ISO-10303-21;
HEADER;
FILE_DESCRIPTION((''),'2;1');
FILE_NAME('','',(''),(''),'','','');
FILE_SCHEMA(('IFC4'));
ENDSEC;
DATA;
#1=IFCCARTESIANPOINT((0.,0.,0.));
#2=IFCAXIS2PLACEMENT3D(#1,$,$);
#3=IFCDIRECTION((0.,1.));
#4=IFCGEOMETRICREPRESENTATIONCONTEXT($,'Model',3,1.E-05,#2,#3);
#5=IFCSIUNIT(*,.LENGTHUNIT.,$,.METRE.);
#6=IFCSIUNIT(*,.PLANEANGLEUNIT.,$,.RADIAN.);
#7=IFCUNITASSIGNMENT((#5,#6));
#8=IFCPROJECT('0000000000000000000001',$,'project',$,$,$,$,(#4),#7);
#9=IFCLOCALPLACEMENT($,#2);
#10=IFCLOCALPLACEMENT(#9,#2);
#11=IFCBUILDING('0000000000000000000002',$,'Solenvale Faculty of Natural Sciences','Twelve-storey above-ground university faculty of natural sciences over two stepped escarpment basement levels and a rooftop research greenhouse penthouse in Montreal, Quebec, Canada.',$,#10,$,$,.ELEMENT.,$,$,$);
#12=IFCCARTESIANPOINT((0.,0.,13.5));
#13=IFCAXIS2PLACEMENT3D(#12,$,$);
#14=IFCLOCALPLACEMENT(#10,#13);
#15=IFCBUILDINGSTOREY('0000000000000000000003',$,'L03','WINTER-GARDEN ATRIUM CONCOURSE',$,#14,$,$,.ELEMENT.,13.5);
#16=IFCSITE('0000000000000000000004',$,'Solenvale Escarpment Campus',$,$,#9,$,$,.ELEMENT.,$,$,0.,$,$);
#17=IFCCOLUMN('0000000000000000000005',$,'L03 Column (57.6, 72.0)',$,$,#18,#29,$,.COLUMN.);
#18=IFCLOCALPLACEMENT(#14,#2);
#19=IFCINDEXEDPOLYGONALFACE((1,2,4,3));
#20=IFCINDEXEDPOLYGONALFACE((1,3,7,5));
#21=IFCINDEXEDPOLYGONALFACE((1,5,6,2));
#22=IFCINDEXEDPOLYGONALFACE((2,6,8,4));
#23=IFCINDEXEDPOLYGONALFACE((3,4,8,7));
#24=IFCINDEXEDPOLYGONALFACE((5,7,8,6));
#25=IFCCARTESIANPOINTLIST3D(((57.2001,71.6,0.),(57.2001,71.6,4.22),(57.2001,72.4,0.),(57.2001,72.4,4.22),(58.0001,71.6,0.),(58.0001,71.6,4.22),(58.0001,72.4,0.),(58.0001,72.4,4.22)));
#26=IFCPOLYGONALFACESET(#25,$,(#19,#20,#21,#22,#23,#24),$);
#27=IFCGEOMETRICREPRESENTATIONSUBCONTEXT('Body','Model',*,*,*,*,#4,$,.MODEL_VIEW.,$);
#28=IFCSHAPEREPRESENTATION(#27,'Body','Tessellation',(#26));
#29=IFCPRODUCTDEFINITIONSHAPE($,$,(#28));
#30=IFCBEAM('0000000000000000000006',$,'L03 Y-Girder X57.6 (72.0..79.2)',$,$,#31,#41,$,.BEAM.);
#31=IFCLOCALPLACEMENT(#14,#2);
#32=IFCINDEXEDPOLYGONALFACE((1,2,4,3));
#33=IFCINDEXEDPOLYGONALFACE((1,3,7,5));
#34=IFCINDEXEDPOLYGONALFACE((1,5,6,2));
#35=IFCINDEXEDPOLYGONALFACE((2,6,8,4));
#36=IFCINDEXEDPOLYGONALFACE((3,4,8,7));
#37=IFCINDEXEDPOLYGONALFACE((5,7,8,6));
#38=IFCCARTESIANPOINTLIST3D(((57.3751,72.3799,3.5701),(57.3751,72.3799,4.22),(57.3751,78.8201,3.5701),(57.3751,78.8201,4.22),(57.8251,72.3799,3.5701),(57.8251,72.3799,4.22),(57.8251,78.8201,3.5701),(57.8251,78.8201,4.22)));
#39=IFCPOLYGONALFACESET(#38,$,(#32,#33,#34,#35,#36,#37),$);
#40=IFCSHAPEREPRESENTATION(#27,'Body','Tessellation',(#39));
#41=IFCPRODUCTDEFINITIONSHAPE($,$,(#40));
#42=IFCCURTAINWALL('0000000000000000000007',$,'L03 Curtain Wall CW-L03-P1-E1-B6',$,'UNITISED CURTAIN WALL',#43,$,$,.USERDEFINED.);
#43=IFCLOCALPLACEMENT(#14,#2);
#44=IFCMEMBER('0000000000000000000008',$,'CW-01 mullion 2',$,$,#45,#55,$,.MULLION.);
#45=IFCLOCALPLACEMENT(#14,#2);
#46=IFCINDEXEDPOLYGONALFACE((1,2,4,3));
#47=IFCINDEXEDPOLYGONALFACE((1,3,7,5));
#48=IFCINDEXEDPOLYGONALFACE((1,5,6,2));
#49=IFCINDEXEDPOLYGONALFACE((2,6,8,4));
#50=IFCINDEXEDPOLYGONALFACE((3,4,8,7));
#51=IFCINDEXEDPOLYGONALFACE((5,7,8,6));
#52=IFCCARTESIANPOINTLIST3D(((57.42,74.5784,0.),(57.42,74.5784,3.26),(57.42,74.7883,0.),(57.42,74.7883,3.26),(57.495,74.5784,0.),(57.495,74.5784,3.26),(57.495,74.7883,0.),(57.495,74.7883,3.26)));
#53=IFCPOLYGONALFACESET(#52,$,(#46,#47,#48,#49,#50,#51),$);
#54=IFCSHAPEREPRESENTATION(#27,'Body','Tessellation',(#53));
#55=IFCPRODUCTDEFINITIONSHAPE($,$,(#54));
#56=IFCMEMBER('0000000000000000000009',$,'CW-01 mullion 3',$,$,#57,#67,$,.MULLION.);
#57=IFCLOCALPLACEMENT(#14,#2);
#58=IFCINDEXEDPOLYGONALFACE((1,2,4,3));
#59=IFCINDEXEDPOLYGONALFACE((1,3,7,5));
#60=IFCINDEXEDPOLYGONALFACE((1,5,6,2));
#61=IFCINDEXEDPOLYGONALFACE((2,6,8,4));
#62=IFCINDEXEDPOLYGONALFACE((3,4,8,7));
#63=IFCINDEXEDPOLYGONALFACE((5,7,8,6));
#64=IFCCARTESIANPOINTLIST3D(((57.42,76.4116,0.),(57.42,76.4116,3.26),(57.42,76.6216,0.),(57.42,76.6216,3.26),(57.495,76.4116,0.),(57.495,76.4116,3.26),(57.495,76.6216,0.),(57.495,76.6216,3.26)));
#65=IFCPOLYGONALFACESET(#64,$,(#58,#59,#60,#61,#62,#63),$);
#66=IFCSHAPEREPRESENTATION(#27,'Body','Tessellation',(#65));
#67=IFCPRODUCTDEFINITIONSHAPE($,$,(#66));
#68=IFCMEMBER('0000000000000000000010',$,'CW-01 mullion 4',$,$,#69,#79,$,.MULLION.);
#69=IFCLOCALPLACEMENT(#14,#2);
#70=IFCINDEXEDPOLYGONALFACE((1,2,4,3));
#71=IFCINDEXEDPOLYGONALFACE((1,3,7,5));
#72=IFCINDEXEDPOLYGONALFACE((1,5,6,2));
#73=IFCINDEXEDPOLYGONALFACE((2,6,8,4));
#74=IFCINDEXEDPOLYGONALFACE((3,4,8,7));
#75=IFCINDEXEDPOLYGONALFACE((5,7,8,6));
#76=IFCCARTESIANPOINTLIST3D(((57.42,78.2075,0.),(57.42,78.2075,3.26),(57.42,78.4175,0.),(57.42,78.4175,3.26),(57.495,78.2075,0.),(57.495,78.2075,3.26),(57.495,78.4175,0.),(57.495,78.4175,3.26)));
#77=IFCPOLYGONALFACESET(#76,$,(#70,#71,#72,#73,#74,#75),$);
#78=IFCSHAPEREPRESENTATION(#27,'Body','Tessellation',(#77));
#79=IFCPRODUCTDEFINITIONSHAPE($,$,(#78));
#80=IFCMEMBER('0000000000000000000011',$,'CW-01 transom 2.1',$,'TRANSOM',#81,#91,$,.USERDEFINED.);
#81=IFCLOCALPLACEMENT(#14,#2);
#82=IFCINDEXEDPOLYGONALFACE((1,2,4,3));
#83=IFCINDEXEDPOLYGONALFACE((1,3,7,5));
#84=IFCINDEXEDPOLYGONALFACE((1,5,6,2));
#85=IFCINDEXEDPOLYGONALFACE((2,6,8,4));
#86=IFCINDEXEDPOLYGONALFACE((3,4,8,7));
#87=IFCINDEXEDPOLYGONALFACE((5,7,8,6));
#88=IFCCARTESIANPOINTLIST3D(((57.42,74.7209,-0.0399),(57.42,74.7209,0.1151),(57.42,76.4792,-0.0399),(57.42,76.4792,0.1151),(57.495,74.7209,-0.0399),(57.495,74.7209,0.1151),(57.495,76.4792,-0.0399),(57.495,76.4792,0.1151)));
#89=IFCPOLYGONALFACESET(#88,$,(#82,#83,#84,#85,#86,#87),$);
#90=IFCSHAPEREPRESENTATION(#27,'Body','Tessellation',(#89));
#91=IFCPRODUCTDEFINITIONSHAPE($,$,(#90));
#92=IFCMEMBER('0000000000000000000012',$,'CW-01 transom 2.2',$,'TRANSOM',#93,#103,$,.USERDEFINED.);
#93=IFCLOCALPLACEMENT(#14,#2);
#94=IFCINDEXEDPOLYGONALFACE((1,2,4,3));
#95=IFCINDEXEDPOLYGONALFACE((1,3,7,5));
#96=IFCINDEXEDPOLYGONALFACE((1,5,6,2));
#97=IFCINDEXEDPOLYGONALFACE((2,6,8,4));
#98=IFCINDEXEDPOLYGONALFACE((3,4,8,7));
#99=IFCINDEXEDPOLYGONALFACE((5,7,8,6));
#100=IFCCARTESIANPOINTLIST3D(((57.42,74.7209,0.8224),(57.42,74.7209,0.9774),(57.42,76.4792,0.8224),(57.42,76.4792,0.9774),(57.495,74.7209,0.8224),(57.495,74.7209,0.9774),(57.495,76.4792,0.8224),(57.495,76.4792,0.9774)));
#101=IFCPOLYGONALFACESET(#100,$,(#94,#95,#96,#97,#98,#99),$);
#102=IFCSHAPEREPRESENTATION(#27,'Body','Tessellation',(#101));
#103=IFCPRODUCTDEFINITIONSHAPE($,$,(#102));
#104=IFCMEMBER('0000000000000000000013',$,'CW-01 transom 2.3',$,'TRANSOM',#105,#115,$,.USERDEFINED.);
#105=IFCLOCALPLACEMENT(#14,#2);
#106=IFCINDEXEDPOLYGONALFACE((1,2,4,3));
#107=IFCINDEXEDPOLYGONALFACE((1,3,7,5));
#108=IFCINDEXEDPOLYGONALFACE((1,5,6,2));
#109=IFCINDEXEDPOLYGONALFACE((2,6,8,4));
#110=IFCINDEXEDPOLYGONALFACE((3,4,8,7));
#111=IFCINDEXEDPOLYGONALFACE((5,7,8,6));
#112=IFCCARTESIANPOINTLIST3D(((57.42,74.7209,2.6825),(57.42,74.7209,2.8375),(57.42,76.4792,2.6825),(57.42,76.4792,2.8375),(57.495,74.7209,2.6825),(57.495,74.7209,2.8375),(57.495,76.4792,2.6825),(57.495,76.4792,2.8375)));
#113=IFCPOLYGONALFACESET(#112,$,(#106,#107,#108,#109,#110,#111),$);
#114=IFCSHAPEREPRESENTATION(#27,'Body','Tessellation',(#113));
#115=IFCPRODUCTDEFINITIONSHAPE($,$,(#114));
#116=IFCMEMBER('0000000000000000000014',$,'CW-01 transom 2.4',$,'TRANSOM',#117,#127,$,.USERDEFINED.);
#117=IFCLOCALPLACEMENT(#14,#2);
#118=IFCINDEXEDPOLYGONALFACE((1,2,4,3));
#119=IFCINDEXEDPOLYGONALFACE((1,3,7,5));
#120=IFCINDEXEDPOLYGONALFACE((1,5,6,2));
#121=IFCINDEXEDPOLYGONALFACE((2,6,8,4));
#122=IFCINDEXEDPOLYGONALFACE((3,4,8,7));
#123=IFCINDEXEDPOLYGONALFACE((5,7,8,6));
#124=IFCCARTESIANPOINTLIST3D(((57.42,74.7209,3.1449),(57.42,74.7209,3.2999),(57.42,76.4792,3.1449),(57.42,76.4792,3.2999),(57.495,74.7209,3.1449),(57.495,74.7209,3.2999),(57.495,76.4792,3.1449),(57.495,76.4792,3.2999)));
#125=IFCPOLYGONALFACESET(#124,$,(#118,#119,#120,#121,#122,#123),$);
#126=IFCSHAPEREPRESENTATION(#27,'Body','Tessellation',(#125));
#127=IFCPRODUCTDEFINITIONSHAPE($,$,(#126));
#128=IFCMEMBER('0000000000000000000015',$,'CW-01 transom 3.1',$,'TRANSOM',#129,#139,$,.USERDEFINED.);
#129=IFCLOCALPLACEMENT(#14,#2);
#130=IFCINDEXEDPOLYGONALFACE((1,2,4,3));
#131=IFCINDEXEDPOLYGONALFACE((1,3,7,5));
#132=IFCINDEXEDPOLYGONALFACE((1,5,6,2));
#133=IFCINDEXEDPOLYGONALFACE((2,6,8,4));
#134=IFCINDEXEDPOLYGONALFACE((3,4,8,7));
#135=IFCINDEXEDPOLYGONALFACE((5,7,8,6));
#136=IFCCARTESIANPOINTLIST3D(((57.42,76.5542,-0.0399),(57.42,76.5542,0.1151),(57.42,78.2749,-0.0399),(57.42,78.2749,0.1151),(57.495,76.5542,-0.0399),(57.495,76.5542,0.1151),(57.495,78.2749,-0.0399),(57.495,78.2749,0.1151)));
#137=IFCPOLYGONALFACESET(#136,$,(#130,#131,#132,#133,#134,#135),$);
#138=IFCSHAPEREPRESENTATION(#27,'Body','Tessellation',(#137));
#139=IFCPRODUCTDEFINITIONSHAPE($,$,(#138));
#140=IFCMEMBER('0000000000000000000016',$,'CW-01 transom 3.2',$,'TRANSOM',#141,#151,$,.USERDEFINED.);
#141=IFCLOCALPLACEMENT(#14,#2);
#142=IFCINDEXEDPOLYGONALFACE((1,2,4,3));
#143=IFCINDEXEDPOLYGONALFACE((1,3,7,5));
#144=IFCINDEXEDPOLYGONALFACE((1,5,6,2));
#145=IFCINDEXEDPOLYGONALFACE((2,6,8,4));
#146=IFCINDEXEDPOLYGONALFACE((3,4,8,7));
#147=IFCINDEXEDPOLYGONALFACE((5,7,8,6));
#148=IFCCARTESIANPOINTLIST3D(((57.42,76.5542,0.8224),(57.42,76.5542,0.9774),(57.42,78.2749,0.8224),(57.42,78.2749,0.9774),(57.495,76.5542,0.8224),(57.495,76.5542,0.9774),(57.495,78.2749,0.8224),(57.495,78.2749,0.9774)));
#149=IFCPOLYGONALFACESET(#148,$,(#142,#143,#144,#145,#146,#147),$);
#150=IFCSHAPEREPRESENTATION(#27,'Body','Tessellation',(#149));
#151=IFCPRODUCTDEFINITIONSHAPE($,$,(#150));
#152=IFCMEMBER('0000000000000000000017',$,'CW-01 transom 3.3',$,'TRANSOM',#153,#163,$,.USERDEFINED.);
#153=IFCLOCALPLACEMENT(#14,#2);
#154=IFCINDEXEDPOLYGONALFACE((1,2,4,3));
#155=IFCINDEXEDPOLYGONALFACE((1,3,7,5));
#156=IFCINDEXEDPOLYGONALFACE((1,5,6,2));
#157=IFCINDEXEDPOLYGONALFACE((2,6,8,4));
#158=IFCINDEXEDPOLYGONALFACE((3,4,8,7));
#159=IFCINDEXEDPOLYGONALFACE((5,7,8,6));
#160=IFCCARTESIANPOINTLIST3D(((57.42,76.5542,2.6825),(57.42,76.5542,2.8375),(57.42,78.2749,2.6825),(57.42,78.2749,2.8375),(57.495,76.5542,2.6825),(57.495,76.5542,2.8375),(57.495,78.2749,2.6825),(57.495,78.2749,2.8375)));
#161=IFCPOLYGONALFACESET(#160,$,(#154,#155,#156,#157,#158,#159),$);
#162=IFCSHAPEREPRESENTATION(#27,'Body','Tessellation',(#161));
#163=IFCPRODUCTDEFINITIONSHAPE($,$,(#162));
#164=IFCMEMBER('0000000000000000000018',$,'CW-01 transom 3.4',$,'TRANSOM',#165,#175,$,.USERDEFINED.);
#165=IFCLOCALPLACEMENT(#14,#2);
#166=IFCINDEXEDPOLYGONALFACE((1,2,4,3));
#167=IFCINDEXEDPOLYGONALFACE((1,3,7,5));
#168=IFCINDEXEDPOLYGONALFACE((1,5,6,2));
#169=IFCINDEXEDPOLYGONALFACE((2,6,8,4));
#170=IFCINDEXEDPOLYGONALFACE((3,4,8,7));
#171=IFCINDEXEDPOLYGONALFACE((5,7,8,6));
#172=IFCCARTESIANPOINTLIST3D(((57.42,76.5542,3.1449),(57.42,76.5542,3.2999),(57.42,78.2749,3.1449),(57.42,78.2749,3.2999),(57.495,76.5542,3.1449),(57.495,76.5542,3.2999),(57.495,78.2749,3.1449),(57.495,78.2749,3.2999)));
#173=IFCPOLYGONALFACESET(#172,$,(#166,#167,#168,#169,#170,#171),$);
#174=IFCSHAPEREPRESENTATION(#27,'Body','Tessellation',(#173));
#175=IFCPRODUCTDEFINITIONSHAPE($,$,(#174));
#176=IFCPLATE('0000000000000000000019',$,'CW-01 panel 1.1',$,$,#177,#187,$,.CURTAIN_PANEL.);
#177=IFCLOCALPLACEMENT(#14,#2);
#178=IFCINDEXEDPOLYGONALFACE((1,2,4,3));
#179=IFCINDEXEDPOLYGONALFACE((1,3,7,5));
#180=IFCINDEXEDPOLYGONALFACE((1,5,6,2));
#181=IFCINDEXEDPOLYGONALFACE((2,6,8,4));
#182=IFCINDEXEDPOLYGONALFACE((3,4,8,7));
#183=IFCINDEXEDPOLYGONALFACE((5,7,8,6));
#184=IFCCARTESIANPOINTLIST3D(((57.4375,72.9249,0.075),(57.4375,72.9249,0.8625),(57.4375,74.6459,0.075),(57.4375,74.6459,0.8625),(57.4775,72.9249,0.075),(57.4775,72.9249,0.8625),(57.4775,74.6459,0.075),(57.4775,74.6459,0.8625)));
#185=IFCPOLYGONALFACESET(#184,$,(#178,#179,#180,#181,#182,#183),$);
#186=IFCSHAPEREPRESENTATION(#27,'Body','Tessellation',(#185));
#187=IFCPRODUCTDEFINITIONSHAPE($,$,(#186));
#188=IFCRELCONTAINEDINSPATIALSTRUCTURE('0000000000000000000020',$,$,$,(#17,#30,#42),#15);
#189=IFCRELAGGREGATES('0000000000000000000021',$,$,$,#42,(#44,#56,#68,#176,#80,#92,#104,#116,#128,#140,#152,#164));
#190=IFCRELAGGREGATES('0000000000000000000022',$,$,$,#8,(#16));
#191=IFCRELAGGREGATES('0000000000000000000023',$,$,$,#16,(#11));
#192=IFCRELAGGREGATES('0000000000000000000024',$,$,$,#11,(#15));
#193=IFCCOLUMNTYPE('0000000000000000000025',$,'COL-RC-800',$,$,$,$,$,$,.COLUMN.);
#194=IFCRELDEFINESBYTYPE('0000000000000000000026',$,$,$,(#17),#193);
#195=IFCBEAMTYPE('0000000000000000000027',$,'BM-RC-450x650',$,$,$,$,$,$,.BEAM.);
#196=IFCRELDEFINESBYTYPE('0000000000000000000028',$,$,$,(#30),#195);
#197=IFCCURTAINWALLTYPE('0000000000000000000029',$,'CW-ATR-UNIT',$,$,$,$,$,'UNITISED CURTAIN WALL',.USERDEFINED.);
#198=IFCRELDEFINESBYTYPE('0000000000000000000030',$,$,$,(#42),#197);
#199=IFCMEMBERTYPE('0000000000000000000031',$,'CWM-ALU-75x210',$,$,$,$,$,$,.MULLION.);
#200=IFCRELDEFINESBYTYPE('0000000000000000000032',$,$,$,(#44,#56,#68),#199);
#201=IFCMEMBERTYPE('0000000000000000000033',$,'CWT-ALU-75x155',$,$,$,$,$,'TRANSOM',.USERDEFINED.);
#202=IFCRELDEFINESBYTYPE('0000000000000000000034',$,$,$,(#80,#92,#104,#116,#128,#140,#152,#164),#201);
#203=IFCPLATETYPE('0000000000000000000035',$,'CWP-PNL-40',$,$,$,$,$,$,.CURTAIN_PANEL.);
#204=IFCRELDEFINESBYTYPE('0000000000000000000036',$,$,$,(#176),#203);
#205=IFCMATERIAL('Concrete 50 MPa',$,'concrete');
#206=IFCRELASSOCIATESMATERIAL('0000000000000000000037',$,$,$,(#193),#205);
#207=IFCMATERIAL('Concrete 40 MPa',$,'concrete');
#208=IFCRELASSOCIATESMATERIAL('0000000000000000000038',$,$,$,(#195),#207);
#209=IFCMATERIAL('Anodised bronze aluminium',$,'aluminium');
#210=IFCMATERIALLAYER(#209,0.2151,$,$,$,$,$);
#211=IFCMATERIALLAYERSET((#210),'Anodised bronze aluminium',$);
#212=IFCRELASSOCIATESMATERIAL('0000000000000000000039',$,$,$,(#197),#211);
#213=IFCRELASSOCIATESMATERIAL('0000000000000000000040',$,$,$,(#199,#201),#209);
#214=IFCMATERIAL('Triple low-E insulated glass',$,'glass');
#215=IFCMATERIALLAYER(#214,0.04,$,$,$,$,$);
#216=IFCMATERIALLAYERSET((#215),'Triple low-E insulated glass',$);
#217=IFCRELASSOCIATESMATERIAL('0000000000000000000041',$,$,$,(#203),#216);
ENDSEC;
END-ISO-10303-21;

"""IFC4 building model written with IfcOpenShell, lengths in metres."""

from ifc_helpers import new_model, si_unit, direction, frame, origin, origin_2d, place, context, subcontext, project, spatial, rectangle, extrude, material, layer, layer_set, material_profile, profile_set, type_object, element, aggregate, save


model = new_model("IFC4")

# Units and contexts
model_context = context("Model", 3, precision=1e-05, world=origin(), true_north=direction((0.0, 1.0)))
body_context = subcontext(model_context, "Body", "Model", "MODEL_VIEW")
ifc_project = project(units=[si_unit("LENGTHUNIT", "METRE"), si_unit("PLANEANGLEUNIT", "RADIAN")], contexts=[model_context])

# Site, building, storey
site_placement = place(None, origin())
site = spatial("IfcSite", under=ifc_project, at=site_placement, Name="Solenvale Escarpment Campus", CompositionType="ELEMENT", RefElevation=0.0)
building_placement = place(site_placement, origin())
building = spatial("IfcBuilding", under=site, at=building_placement, Name="Solenvale Faculty of Natural Sciences", Description="Twelve-storey above-ground university faculty of natural sciences over two stepped escarpment basement levels and a rooftop research greenhouse penthouse in Montreal, Quebec, Canada.", CompositionType="ELEMENT")
storey_placement = place(building_placement, frame((0.0, 0.0, 13.5)))
storey = spatial("IfcBuildingStorey", under=building, at=storey_placement, Name="L03", Description="WINTER-GARDEN ATRIUM CONCOURSE", CompositionType="ELEMENT", Elevation=13.5)

# Column
ifc_material_1 = material(Name="Concrete 50 MPa", Category="concrete")
ifc_material_profile_1 = material_profile(ifc_material_1, rectangle(XDim=0.8, YDim=0.8, at=origin_2d()), Name="RC-COL-800x800")
ifc_profile_set_1 = profile_set([ifc_material_profile_1], Name="Concrete 50 MPa")
column_type = type_object("IfcColumnType", Name="COL-RC-800", PredefinedType="COLUMN", material=ifc_profile_set_1)
column_placement = place(storey_placement, frame((57.6001, 72.0, 0.0), z_axis=(0.0, 0.0, 1.0), x_axis=(1.0, 0.0, 0.0)))
element("IfcColumn", 1, at=column_placement, inside=storey, type_object=column_type, Name="L03 Column (57.6, 72.0)", PredefinedType="COLUMN", context=body_context, shape_type="SweptSolid", body=[
    extrude(rectangle(XDim=0.8, YDim=0.8, at=origin_2d()), origin(), (0.0, 0.0, 1.0), 4.22),
])

# Beam
ifc_material_2 = material(Name="Concrete 40 MPa", Category="concrete")
ifc_material_profile_2 = material_profile(ifc_material_2, rectangle(XDim=0.45, YDim=0.6499, at=origin_2d()), Name="RC-BM-450x650")
ifc_profile_set_2 = profile_set([ifc_material_profile_2], Name="Concrete 40 MPa")
beam_type = type_object("IfcBeamType", Name="BM-RC-450x650", PredefinedType="BEAM", material=ifc_profile_set_2)
beam_placement = place(storey_placement, frame((57.6001, 72.3799, 3.895), z_axis=(0.0, 1.0, 0.0), x_axis=(-1.0, 0.0, 0.0)))
element("IfcBeam", 2, at=beam_placement, inside=storey, type_object=beam_type, Name="L03 Y-Girder X57.6 (72.0..79.2)", PredefinedType="BEAM", context=body_context, shape_type="SweptSolid", body=[
    extrude(rectangle(XDim=0.45, YDim=0.6499, at=origin_2d()), origin(), (0.0, 0.0, 1.0), 6.4402),
])

# Curtain wall, members, plate
ifc_material_3 = material(Name="Anodised bronze aluminium", Category="aluminium")
ifc_layer_1 = layer(ifc_material_3, 0.2151)
ifc_layer_set_1 = layer_set([ifc_layer_1], Name="Anodised bronze aluminium")
curtain_wall_type = type_object("IfcCurtainWallType", Name="CW-ATR-UNIT", ElementType="UNITISED CURTAIN WALL", PredefinedType="USERDEFINED", material=ifc_layer_set_1)
curtain_wall_placement = place(storey_placement, origin())
curtain_wall = element("IfcCurtainWall", 3, at=curtain_wall_placement, inside=storey, type_object=curtain_wall_type, Name="L03 Curtain Wall CW-L03-P1-E1-B6", ObjectType="UNITISED CURTAIN WALL", PredefinedType="USERDEFINED")
ifc_material_profile_3 = material_profile(ifc_material_3, rectangle(XDim=0.075, YDim=0.21, at=origin_2d()), Name="ALU-MUL-75x210")
ifc_profile_set_3 = profile_set([ifc_material_profile_3], Name="Anodised bronze aluminium")
member_type_1 = type_object("IfcMemberType", Name="CWM-ALU-75x210", PredefinedType="MULLION", material=ifc_profile_set_3)
member_1_placement = place(storey_placement, frame((57.4575, 74.6833, 0.0), z_axis=(0.0, 0.0, 1.0), x_axis=(-1.0, 0.0, 0.0)))
member_1 = element("IfcMember", 4, at=member_1_placement, type_object=member_type_1, Name="CW-01 mullion 2", PredefinedType="MULLION", context=body_context, shape_type="SweptSolid", body=[
    extrude(rectangle(XDim=0.075, YDim=0.21, at=origin_2d()), origin(), (0.0, 0.0, 1.0), 3.26),
])
member_2_placement = place(storey_placement, frame((57.4575, 76.5166, 0.0), z_axis=(0.0, 0.0, 1.0), x_axis=(-1.0, 0.0, 0.0)))
member_2 = element("IfcMember", 5, at=member_2_placement, type_object=member_type_1, Name="CW-01 mullion 3", PredefinedType="MULLION", context=body_context, shape_type="SweptSolid", body=[
    extrude(rectangle(XDim=0.075, YDim=0.21, at=origin_2d()), origin(), (0.0, 0.0, 1.0), 3.26),
])
member_3_placement = place(storey_placement, frame((57.4575, 78.3125, 0.0), z_axis=(0.0, 0.0, 1.0), x_axis=(-1.0, 0.0, 0.0)))
member_3 = element("IfcMember", 6, at=member_3_placement, type_object=member_type_1, Name="CW-01 mullion 4", PredefinedType="MULLION", context=body_context, shape_type="SweptSolid", body=[
    extrude(rectangle(XDim=0.075, YDim=0.21, at=origin_2d()), origin(), (0.0, 0.0, 1.0), 3.26),
])
ifc_material_profile_4 = material_profile(ifc_material_3, rectangle(XDim=0.075, YDim=0.155, at=origin_2d()), Name="ALU-TRN-75x155")
ifc_profile_set_4 = profile_set([ifc_material_profile_4], Name="Anodised bronze aluminium")
member_type_2 = type_object("IfcMemberType", Name="CWT-ALU-75x155", ElementType="TRANSOM", PredefinedType="USERDEFINED", material=ifc_profile_set_4)
member_4_placement = place(storey_placement, frame((57.4575, 74.7209, 0.0376), z_axis=(0.0, 1.0, 0.0), x_axis=(-1.0, 0.0, 0.0)))
member_4 = element("IfcMember", 7, at=member_4_placement, type_object=member_type_2, Name="CW-01 transom 2.1", ObjectType="TRANSOM", PredefinedType="USERDEFINED", context=body_context, shape_type="SweptSolid", body=[
    extrude(rectangle(XDim=0.075, YDim=0.155, at=origin_2d()), origin(), (0.0, 0.0, 1.0), 1.7583),
])
member_5_placement = place(storey_placement, frame((57.4575, 74.7209, 0.8999), z_axis=(0.0, 1.0, 0.0), x_axis=(-1.0, 0.0, 0.0)))
member_5 = element("IfcMember", 8, at=member_5_placement, type_object=member_type_2, Name="CW-01 transom 2.2", ObjectType="TRANSOM", PredefinedType="USERDEFINED", context=body_context, shape_type="SweptSolid", body=[
    extrude(rectangle(XDim=0.075, YDim=0.155, at=origin_2d()), origin(), (0.0, 0.0, 1.0), 1.7583),
])
member_6_placement = place(storey_placement, frame((57.4575, 74.7209, 2.76), z_axis=(0.0, 1.0, 0.0), x_axis=(-1.0, 0.0, 0.0)))
member_6 = element("IfcMember", 9, at=member_6_placement, type_object=member_type_2, Name="CW-01 transom 2.3", ObjectType="TRANSOM", PredefinedType="USERDEFINED", context=body_context, shape_type="SweptSolid", body=[
    extrude(rectangle(XDim=0.075, YDim=0.155, at=origin_2d()), origin(), (0.0, 0.0, 1.0), 1.7583),
])
member_7_placement = place(storey_placement, frame((57.4575, 74.7209, 3.2224), z_axis=(0.0, 1.0, 0.0), x_axis=(-1.0, 0.0, 0.0)))
member_7 = element("IfcMember", 10, at=member_7_placement, type_object=member_type_2, Name="CW-01 transom 2.4", ObjectType="TRANSOM", PredefinedType="USERDEFINED", context=body_context, shape_type="SweptSolid", body=[
    extrude(rectangle(XDim=0.075, YDim=0.155, at=origin_2d()), origin(), (0.0, 0.0, 1.0), 1.7583),
])
member_8_placement = place(storey_placement, frame((57.4575, 76.5542, 0.0376), z_axis=(0.0, 1.0, 0.0), x_axis=(-1.0, 0.0, 0.0)))
member_8 = element("IfcMember", 11, at=member_8_placement, type_object=member_type_2, Name="CW-01 transom 3.1", ObjectType="TRANSOM", PredefinedType="USERDEFINED", context=body_context, shape_type="SweptSolid", body=[
    extrude(rectangle(XDim=0.075, YDim=0.155, at=origin_2d()), origin(), (0.0, 0.0, 1.0), 1.7207),
])
member_9_placement = place(storey_placement, frame((57.4575, 76.5542, 0.8999), z_axis=(0.0, 1.0, 0.0), x_axis=(-1.0, 0.0, 0.0)))
member_9 = element("IfcMember", 12, at=member_9_placement, type_object=member_type_2, Name="CW-01 transom 3.2", ObjectType="TRANSOM", PredefinedType="USERDEFINED", context=body_context, shape_type="SweptSolid", body=[
    extrude(rectangle(XDim=0.075, YDim=0.155, at=origin_2d()), origin(), (0.0, 0.0, 1.0), 1.7207),
])
member_10_placement = place(storey_placement, frame((57.4575, 76.5542, 2.76), z_axis=(0.0, 1.0, 0.0), x_axis=(-1.0, 0.0, 0.0)))
member_10 = element("IfcMember", 13, at=member_10_placement, type_object=member_type_2, Name="CW-01 transom 3.3", ObjectType="TRANSOM", PredefinedType="USERDEFINED", context=body_context, shape_type="SweptSolid", body=[
    extrude(rectangle(XDim=0.075, YDim=0.155, at=origin_2d()), origin(), (0.0, 0.0, 1.0), 1.7207),
])
member_11_placement = place(storey_placement, frame((57.4575, 76.5542, 3.2224), z_axis=(0.0, 1.0, 0.0), x_axis=(-1.0, 0.0, 0.0)))
member_11 = element("IfcMember", 14, at=member_11_placement, type_object=member_type_2, Name="CW-01 transom 3.4", ObjectType="TRANSOM", PredefinedType="USERDEFINED", context=body_context, shape_type="SweptSolid", body=[
    extrude(rectangle(XDim=0.075, YDim=0.155, at=origin_2d()), origin(), (0.0, 0.0, 1.0), 1.7207),
])
ifc_material_4 = material(Name="Triple low-E insulated glass", Category="glass")
ifc_layer_2 = layer(ifc_material_4, 0.04)
ifc_layer_set_2 = layer_set([ifc_layer_2], Name="Triple low-E insulated glass")
plate_type = type_object("IfcPlateType", Name="CWP-PNL-40", PredefinedType="CURTAIN_PANEL", material=ifc_layer_set_2)
plate_1_placement = place(storey_placement, frame((57.4575, 73.7854, 0.075), z_axis=(0.0, 0.0, 1.0), x_axis=(0.0, 1.0, 0.0)))
plate_1 = element("IfcPlate", 15, at=plate_1_placement, type_object=plate_type, Name="CW-01 panel 1.1", PredefinedType="CURTAIN_PANEL", context=body_context, shape_type="SweptSolid", body=[
    extrude(rectangle(XDim=1.7209, YDim=0.04, at=origin_2d()), origin(), (0.0, 0.0, 1.0), 0.7876),
])
aggregate(curtain_wall, [member_1, member_2, member_3, plate_1, member_4, member_5, member_6, member_7, member_8, member_9, member_10, member_11])

save(model, "model.ifc")
